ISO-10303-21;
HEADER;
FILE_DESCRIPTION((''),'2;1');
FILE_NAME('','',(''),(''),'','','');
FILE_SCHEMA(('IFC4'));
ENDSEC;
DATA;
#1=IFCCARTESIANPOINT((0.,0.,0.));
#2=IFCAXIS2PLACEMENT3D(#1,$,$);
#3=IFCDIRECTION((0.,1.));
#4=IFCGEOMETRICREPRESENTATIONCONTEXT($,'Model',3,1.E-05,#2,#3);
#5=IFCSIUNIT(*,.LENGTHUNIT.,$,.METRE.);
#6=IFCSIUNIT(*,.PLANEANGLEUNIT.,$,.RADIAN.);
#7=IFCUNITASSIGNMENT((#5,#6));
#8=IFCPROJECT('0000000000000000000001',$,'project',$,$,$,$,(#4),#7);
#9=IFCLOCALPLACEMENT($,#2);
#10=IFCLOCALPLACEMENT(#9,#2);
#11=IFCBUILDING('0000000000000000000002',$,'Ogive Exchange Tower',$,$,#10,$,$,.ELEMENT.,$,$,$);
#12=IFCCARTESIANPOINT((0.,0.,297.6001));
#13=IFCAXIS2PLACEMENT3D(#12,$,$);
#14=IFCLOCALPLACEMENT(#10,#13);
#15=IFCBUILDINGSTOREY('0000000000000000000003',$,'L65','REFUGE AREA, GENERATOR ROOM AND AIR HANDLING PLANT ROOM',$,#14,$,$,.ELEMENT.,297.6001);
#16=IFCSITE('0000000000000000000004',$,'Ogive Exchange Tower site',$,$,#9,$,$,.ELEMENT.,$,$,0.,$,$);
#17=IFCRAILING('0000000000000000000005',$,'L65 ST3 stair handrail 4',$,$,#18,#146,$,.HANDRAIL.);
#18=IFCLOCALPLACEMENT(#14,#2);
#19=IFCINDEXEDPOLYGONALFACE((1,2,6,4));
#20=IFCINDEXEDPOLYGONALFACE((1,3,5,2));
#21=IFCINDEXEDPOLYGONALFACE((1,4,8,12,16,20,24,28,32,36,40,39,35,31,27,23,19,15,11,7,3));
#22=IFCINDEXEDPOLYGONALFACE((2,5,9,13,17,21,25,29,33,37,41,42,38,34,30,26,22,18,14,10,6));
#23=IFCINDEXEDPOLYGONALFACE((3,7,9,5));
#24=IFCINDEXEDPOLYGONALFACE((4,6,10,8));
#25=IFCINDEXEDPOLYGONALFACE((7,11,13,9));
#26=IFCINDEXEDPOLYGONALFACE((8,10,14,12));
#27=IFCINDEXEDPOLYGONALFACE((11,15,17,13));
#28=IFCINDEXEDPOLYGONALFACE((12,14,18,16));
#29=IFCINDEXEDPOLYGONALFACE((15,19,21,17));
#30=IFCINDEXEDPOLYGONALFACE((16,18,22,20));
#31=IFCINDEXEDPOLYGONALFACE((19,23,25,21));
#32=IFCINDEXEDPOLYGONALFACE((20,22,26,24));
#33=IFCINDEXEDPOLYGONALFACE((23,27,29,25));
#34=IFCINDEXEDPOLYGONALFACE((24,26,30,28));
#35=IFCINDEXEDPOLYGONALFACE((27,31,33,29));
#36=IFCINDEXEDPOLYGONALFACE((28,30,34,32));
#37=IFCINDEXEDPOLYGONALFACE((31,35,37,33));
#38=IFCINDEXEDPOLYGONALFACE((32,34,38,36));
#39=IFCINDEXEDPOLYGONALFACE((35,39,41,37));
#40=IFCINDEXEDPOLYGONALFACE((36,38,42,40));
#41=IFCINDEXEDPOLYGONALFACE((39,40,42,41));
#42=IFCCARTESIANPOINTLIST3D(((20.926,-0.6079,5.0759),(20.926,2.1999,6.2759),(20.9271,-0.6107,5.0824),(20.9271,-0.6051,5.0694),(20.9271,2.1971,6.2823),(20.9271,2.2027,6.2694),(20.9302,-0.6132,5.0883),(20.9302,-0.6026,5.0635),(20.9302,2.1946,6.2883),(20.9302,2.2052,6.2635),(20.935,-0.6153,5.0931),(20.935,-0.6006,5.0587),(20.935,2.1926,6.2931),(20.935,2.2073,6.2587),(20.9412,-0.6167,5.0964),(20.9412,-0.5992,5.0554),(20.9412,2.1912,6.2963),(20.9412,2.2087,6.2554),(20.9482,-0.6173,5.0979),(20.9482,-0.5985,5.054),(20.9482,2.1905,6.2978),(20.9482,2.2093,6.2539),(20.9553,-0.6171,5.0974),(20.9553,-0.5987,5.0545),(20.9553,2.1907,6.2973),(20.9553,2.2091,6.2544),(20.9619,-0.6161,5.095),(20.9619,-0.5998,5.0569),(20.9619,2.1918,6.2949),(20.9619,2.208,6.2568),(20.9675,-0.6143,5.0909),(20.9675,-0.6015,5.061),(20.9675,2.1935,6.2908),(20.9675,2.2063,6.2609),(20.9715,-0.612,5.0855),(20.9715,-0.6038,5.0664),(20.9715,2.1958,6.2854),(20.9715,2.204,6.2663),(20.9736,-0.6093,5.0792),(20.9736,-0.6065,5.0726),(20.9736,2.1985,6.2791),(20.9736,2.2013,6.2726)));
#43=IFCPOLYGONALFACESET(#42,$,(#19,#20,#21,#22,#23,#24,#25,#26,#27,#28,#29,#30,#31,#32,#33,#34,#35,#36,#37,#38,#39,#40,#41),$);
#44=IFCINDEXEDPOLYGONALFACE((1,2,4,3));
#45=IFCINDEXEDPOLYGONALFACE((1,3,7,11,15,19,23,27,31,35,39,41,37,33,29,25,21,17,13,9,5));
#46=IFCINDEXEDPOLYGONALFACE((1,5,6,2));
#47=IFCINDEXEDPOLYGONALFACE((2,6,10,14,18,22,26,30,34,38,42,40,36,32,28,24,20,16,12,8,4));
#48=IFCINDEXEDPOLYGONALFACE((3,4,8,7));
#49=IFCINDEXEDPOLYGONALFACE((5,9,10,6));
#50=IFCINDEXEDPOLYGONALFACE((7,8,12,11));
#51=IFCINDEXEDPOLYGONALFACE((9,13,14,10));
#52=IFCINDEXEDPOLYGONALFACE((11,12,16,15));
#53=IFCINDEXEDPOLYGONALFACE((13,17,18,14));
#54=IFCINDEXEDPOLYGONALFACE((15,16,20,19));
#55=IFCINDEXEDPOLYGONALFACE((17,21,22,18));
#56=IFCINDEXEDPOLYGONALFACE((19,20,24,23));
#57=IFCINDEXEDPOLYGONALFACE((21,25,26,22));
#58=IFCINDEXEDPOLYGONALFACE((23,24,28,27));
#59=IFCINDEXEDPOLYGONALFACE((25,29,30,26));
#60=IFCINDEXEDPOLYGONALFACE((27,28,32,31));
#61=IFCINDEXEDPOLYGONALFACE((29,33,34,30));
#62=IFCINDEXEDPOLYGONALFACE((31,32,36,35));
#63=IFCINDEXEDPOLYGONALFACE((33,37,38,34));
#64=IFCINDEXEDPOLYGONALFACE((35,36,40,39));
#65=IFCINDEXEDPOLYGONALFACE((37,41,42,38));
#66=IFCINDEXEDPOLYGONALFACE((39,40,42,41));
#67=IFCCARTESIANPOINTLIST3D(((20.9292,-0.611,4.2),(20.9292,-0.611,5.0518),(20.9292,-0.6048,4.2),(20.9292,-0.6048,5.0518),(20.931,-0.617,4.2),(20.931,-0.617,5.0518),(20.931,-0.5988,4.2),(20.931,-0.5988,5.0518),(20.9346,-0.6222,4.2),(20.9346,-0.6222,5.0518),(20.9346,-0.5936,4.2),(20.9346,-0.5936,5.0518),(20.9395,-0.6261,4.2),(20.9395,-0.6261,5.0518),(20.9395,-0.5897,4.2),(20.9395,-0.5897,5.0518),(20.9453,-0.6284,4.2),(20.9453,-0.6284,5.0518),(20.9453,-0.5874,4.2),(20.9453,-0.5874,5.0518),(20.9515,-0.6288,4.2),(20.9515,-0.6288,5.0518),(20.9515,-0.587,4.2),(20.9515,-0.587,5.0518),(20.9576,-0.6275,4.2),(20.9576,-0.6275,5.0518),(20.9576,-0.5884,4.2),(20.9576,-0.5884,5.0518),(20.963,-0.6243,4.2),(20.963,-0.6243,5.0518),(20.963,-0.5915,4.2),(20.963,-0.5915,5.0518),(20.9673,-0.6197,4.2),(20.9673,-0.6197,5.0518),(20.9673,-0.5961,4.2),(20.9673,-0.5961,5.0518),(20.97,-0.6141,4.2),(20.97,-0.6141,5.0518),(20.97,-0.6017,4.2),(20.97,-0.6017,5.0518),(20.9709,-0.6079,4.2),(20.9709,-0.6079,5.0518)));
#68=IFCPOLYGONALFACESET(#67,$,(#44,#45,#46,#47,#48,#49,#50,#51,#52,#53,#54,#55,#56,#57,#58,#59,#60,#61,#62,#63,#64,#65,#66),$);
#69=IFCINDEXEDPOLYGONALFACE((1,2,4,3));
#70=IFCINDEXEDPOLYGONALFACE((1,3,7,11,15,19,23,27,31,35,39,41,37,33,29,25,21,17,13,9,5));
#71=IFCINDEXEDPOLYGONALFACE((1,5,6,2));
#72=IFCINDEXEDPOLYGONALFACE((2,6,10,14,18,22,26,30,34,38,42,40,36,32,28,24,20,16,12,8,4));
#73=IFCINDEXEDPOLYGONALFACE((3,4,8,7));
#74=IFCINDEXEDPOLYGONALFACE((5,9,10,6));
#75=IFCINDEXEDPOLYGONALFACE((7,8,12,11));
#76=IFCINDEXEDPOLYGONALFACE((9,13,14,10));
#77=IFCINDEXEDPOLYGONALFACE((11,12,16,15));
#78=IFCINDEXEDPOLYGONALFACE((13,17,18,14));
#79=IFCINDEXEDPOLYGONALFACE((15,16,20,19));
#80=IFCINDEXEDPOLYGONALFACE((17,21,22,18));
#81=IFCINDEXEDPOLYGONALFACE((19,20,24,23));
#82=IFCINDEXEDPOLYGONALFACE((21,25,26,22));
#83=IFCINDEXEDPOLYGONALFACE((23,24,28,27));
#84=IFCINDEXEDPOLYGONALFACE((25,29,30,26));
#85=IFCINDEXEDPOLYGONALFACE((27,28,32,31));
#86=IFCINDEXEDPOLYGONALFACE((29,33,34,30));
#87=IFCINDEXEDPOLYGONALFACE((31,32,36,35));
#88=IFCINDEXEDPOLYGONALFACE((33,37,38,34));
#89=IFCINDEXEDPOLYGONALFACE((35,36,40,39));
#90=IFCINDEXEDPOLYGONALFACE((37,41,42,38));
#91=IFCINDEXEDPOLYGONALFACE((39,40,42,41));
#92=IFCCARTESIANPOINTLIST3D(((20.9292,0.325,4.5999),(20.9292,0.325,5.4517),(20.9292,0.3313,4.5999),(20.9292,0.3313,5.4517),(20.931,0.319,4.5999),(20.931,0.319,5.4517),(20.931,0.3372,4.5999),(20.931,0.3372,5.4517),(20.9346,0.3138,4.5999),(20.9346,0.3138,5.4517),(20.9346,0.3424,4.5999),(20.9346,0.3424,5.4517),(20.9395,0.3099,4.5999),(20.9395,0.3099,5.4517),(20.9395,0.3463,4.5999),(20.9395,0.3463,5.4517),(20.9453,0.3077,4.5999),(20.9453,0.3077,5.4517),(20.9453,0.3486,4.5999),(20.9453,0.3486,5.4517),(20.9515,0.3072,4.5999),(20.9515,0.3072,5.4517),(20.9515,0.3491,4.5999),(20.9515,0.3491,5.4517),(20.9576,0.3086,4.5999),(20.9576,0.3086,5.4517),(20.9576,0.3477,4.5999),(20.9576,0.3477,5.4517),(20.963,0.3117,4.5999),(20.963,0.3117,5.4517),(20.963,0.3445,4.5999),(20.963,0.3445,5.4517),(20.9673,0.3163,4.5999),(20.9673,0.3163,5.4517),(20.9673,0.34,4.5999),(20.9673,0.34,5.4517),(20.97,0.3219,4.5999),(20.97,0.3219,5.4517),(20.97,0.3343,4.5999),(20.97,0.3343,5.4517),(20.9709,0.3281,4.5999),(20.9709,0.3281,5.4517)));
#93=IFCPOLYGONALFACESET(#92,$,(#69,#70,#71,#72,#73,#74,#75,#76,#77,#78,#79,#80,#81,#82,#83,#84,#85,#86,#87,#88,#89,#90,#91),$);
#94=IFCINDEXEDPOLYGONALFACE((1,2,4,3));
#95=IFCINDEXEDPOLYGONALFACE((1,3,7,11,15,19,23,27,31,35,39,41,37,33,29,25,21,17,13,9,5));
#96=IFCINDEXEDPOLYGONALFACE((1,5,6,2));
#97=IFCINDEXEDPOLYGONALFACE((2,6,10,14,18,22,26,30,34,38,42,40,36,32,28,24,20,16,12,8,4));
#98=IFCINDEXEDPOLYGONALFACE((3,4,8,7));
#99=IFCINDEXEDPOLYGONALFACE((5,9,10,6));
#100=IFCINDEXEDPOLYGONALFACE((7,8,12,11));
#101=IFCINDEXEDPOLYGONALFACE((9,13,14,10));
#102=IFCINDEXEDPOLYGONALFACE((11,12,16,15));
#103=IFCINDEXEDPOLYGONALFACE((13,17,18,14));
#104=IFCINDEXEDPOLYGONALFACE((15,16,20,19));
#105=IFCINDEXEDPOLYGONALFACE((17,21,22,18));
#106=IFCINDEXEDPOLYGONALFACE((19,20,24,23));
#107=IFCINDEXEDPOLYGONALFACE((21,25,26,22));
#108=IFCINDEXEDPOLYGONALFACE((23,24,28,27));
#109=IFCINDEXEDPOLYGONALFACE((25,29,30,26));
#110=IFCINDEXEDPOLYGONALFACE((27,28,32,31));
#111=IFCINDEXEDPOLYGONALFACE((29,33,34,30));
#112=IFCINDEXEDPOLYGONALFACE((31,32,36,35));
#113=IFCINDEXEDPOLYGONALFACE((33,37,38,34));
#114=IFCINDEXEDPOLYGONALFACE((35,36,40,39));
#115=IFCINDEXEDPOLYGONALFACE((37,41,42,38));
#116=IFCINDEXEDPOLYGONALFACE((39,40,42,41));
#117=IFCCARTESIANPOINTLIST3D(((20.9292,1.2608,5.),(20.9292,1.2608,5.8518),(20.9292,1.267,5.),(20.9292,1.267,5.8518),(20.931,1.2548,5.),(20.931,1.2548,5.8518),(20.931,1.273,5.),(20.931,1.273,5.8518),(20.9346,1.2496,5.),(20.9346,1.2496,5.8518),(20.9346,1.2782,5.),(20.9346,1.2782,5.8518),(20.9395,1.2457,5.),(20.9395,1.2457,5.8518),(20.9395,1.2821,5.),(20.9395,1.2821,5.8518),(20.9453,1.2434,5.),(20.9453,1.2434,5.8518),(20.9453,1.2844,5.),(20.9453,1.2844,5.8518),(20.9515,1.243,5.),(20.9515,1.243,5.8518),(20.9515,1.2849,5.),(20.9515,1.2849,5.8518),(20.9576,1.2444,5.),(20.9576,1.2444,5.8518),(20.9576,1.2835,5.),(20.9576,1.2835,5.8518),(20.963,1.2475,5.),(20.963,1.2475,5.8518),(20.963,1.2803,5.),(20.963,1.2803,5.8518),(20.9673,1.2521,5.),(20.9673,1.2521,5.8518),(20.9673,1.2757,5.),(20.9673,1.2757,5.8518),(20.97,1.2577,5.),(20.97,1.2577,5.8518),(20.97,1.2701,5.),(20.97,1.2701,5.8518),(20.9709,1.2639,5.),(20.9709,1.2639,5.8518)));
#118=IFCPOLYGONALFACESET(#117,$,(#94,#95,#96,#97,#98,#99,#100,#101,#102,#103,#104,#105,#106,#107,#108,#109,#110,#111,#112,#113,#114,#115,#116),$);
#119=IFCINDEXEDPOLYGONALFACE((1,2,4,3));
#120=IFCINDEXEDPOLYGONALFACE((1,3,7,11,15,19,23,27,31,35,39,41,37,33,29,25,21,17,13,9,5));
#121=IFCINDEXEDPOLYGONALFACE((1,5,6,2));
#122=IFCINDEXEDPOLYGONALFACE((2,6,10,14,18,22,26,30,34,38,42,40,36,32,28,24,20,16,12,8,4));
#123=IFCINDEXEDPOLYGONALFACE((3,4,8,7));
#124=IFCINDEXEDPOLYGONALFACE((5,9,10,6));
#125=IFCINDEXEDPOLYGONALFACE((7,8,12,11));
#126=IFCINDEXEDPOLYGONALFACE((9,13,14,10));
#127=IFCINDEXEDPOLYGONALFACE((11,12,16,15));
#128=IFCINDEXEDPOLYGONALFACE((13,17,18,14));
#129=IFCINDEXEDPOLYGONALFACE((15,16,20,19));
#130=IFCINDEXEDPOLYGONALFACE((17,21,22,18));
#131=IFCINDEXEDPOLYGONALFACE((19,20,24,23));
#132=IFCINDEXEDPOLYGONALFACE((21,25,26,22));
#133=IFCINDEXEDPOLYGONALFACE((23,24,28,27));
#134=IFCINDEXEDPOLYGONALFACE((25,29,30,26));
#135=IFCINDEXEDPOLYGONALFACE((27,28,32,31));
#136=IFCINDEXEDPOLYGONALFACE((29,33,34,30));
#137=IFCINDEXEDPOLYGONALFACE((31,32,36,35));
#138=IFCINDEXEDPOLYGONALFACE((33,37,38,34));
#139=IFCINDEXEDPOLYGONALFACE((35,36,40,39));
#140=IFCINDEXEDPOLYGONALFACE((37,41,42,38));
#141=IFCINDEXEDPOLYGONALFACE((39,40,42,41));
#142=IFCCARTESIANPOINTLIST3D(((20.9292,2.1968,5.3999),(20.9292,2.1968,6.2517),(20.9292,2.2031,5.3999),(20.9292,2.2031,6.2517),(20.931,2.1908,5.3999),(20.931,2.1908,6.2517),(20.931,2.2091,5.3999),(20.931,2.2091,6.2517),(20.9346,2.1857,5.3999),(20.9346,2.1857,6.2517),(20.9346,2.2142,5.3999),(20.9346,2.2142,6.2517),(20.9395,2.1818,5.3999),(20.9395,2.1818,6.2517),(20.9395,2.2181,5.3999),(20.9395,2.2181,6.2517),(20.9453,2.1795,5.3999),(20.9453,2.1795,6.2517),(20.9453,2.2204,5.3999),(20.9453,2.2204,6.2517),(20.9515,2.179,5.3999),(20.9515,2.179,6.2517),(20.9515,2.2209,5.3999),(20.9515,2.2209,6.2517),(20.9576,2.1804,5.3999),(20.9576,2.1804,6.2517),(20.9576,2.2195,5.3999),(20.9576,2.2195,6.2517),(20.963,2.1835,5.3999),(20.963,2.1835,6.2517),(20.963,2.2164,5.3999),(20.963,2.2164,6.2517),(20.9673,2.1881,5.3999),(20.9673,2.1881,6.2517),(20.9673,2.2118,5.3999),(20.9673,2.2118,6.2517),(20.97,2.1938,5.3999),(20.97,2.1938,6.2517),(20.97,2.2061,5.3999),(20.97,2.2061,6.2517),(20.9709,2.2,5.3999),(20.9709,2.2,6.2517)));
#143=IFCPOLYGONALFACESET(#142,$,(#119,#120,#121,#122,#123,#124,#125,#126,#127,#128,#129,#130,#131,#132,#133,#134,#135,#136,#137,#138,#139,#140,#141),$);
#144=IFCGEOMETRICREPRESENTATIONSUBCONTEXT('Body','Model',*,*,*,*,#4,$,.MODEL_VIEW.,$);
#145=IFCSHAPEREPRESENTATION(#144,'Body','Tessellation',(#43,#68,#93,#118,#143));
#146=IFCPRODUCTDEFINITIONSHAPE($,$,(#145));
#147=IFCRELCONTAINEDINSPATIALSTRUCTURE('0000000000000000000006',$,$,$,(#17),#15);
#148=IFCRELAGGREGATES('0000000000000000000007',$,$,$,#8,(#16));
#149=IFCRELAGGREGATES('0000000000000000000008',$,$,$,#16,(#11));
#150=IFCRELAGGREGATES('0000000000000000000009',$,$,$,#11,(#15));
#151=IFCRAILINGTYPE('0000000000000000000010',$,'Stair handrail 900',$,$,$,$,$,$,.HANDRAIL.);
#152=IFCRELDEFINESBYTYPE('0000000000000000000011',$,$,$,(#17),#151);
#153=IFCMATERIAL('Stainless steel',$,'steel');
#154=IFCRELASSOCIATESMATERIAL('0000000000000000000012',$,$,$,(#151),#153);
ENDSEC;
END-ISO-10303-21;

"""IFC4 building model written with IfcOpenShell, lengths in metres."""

from ifc_helpers import new_model, si_unit, direction, frame, origin, origin_2d, place, context, subcontext, project, spatial, circle, extrude, material, type_object, element, save


model = new_model("IFC4")

# Units and contexts
model_context = context("Model", 3, precision=1e-05, world=origin(), true_north=direction((0.0, 1.0)))
body_context = subcontext(model_context, "Body", "Model", "MODEL_VIEW")
ifc_project = project(units=[si_unit("LENGTHUNIT", "METRE"), si_unit("PLANEANGLEUNIT", "RADIAN")], contexts=[model_context])

# Site, building, storey
site_placement = place(None, origin())
site = spatial("IfcSite", under=ifc_project, at=site_placement, Name="Ogive Exchange Tower site", CompositionType="ELEMENT", RefElevation=0.0)
building_placement = place(site_placement, origin())
building = spatial("IfcBuilding", under=site, at=building_placement, Name="Ogive Exchange Tower", CompositionType="ELEMENT")
storey_placement = place(building_placement, frame((0.0, 0.0, 297.6001)))
storey = spatial("IfcBuildingStorey", under=building, at=storey_placement, Name="L65", Description="REFUGE AREA, GENERATOR ROOM AND AIR HANDLING PLANT ROOM", CompositionType="ELEMENT", Elevation=297.6001)

# Shared definitions
ifc_material_1 = material(Name="Stainless steel", Category="steel")

# Railing
railing_type = type_object("IfcRailingType", Name="Stair handrail 900", PredefinedType="HANDRAIL", material=ifc_material_1)
railing_1_placement = place(storey_placement, frame((20.95, -0.6079, 4.2)))
element("IfcRailing", 1, at=railing_1_placement, inside=storey, type_object=railing_type, Name="L65 ST3 stair handrail 4", PredefinedType="HANDRAIL", context=body_context, shape_type="SweptSolid", body=[
    extrude(circle(Radius=0.0239, at=origin_2d()), frame((0.0, 0.0, 0.876), z_axis=(0.0, 0.91955, 0.392973), x_axis=(-1.0, 0.0, 0.0)), (0.0, 0.0, 1.0), 3.0535),
    extrude(circle(Radius=0.021, at=origin_2d()), origin(), (0.0, 0.0, 1.0), 0.8518),
    extrude(circle(Radius=0.021, at=origin_2d()), frame((0.0, 0.936, 0.3999)), (0.0, 0.0, 1.0), 0.8518),
    extrude(circle(Radius=0.021, at=origin_2d()), frame((0.0, 1.8718, 0.8)), (0.0, 0.0, 1.0), 0.8518),
    extrude(circle(Radius=0.021, at=origin_2d()), frame((0.0, 2.8079, 1.2)), (0.0, 0.0, 1.0), 0.8518),
])

save(model, "model.ifc")
